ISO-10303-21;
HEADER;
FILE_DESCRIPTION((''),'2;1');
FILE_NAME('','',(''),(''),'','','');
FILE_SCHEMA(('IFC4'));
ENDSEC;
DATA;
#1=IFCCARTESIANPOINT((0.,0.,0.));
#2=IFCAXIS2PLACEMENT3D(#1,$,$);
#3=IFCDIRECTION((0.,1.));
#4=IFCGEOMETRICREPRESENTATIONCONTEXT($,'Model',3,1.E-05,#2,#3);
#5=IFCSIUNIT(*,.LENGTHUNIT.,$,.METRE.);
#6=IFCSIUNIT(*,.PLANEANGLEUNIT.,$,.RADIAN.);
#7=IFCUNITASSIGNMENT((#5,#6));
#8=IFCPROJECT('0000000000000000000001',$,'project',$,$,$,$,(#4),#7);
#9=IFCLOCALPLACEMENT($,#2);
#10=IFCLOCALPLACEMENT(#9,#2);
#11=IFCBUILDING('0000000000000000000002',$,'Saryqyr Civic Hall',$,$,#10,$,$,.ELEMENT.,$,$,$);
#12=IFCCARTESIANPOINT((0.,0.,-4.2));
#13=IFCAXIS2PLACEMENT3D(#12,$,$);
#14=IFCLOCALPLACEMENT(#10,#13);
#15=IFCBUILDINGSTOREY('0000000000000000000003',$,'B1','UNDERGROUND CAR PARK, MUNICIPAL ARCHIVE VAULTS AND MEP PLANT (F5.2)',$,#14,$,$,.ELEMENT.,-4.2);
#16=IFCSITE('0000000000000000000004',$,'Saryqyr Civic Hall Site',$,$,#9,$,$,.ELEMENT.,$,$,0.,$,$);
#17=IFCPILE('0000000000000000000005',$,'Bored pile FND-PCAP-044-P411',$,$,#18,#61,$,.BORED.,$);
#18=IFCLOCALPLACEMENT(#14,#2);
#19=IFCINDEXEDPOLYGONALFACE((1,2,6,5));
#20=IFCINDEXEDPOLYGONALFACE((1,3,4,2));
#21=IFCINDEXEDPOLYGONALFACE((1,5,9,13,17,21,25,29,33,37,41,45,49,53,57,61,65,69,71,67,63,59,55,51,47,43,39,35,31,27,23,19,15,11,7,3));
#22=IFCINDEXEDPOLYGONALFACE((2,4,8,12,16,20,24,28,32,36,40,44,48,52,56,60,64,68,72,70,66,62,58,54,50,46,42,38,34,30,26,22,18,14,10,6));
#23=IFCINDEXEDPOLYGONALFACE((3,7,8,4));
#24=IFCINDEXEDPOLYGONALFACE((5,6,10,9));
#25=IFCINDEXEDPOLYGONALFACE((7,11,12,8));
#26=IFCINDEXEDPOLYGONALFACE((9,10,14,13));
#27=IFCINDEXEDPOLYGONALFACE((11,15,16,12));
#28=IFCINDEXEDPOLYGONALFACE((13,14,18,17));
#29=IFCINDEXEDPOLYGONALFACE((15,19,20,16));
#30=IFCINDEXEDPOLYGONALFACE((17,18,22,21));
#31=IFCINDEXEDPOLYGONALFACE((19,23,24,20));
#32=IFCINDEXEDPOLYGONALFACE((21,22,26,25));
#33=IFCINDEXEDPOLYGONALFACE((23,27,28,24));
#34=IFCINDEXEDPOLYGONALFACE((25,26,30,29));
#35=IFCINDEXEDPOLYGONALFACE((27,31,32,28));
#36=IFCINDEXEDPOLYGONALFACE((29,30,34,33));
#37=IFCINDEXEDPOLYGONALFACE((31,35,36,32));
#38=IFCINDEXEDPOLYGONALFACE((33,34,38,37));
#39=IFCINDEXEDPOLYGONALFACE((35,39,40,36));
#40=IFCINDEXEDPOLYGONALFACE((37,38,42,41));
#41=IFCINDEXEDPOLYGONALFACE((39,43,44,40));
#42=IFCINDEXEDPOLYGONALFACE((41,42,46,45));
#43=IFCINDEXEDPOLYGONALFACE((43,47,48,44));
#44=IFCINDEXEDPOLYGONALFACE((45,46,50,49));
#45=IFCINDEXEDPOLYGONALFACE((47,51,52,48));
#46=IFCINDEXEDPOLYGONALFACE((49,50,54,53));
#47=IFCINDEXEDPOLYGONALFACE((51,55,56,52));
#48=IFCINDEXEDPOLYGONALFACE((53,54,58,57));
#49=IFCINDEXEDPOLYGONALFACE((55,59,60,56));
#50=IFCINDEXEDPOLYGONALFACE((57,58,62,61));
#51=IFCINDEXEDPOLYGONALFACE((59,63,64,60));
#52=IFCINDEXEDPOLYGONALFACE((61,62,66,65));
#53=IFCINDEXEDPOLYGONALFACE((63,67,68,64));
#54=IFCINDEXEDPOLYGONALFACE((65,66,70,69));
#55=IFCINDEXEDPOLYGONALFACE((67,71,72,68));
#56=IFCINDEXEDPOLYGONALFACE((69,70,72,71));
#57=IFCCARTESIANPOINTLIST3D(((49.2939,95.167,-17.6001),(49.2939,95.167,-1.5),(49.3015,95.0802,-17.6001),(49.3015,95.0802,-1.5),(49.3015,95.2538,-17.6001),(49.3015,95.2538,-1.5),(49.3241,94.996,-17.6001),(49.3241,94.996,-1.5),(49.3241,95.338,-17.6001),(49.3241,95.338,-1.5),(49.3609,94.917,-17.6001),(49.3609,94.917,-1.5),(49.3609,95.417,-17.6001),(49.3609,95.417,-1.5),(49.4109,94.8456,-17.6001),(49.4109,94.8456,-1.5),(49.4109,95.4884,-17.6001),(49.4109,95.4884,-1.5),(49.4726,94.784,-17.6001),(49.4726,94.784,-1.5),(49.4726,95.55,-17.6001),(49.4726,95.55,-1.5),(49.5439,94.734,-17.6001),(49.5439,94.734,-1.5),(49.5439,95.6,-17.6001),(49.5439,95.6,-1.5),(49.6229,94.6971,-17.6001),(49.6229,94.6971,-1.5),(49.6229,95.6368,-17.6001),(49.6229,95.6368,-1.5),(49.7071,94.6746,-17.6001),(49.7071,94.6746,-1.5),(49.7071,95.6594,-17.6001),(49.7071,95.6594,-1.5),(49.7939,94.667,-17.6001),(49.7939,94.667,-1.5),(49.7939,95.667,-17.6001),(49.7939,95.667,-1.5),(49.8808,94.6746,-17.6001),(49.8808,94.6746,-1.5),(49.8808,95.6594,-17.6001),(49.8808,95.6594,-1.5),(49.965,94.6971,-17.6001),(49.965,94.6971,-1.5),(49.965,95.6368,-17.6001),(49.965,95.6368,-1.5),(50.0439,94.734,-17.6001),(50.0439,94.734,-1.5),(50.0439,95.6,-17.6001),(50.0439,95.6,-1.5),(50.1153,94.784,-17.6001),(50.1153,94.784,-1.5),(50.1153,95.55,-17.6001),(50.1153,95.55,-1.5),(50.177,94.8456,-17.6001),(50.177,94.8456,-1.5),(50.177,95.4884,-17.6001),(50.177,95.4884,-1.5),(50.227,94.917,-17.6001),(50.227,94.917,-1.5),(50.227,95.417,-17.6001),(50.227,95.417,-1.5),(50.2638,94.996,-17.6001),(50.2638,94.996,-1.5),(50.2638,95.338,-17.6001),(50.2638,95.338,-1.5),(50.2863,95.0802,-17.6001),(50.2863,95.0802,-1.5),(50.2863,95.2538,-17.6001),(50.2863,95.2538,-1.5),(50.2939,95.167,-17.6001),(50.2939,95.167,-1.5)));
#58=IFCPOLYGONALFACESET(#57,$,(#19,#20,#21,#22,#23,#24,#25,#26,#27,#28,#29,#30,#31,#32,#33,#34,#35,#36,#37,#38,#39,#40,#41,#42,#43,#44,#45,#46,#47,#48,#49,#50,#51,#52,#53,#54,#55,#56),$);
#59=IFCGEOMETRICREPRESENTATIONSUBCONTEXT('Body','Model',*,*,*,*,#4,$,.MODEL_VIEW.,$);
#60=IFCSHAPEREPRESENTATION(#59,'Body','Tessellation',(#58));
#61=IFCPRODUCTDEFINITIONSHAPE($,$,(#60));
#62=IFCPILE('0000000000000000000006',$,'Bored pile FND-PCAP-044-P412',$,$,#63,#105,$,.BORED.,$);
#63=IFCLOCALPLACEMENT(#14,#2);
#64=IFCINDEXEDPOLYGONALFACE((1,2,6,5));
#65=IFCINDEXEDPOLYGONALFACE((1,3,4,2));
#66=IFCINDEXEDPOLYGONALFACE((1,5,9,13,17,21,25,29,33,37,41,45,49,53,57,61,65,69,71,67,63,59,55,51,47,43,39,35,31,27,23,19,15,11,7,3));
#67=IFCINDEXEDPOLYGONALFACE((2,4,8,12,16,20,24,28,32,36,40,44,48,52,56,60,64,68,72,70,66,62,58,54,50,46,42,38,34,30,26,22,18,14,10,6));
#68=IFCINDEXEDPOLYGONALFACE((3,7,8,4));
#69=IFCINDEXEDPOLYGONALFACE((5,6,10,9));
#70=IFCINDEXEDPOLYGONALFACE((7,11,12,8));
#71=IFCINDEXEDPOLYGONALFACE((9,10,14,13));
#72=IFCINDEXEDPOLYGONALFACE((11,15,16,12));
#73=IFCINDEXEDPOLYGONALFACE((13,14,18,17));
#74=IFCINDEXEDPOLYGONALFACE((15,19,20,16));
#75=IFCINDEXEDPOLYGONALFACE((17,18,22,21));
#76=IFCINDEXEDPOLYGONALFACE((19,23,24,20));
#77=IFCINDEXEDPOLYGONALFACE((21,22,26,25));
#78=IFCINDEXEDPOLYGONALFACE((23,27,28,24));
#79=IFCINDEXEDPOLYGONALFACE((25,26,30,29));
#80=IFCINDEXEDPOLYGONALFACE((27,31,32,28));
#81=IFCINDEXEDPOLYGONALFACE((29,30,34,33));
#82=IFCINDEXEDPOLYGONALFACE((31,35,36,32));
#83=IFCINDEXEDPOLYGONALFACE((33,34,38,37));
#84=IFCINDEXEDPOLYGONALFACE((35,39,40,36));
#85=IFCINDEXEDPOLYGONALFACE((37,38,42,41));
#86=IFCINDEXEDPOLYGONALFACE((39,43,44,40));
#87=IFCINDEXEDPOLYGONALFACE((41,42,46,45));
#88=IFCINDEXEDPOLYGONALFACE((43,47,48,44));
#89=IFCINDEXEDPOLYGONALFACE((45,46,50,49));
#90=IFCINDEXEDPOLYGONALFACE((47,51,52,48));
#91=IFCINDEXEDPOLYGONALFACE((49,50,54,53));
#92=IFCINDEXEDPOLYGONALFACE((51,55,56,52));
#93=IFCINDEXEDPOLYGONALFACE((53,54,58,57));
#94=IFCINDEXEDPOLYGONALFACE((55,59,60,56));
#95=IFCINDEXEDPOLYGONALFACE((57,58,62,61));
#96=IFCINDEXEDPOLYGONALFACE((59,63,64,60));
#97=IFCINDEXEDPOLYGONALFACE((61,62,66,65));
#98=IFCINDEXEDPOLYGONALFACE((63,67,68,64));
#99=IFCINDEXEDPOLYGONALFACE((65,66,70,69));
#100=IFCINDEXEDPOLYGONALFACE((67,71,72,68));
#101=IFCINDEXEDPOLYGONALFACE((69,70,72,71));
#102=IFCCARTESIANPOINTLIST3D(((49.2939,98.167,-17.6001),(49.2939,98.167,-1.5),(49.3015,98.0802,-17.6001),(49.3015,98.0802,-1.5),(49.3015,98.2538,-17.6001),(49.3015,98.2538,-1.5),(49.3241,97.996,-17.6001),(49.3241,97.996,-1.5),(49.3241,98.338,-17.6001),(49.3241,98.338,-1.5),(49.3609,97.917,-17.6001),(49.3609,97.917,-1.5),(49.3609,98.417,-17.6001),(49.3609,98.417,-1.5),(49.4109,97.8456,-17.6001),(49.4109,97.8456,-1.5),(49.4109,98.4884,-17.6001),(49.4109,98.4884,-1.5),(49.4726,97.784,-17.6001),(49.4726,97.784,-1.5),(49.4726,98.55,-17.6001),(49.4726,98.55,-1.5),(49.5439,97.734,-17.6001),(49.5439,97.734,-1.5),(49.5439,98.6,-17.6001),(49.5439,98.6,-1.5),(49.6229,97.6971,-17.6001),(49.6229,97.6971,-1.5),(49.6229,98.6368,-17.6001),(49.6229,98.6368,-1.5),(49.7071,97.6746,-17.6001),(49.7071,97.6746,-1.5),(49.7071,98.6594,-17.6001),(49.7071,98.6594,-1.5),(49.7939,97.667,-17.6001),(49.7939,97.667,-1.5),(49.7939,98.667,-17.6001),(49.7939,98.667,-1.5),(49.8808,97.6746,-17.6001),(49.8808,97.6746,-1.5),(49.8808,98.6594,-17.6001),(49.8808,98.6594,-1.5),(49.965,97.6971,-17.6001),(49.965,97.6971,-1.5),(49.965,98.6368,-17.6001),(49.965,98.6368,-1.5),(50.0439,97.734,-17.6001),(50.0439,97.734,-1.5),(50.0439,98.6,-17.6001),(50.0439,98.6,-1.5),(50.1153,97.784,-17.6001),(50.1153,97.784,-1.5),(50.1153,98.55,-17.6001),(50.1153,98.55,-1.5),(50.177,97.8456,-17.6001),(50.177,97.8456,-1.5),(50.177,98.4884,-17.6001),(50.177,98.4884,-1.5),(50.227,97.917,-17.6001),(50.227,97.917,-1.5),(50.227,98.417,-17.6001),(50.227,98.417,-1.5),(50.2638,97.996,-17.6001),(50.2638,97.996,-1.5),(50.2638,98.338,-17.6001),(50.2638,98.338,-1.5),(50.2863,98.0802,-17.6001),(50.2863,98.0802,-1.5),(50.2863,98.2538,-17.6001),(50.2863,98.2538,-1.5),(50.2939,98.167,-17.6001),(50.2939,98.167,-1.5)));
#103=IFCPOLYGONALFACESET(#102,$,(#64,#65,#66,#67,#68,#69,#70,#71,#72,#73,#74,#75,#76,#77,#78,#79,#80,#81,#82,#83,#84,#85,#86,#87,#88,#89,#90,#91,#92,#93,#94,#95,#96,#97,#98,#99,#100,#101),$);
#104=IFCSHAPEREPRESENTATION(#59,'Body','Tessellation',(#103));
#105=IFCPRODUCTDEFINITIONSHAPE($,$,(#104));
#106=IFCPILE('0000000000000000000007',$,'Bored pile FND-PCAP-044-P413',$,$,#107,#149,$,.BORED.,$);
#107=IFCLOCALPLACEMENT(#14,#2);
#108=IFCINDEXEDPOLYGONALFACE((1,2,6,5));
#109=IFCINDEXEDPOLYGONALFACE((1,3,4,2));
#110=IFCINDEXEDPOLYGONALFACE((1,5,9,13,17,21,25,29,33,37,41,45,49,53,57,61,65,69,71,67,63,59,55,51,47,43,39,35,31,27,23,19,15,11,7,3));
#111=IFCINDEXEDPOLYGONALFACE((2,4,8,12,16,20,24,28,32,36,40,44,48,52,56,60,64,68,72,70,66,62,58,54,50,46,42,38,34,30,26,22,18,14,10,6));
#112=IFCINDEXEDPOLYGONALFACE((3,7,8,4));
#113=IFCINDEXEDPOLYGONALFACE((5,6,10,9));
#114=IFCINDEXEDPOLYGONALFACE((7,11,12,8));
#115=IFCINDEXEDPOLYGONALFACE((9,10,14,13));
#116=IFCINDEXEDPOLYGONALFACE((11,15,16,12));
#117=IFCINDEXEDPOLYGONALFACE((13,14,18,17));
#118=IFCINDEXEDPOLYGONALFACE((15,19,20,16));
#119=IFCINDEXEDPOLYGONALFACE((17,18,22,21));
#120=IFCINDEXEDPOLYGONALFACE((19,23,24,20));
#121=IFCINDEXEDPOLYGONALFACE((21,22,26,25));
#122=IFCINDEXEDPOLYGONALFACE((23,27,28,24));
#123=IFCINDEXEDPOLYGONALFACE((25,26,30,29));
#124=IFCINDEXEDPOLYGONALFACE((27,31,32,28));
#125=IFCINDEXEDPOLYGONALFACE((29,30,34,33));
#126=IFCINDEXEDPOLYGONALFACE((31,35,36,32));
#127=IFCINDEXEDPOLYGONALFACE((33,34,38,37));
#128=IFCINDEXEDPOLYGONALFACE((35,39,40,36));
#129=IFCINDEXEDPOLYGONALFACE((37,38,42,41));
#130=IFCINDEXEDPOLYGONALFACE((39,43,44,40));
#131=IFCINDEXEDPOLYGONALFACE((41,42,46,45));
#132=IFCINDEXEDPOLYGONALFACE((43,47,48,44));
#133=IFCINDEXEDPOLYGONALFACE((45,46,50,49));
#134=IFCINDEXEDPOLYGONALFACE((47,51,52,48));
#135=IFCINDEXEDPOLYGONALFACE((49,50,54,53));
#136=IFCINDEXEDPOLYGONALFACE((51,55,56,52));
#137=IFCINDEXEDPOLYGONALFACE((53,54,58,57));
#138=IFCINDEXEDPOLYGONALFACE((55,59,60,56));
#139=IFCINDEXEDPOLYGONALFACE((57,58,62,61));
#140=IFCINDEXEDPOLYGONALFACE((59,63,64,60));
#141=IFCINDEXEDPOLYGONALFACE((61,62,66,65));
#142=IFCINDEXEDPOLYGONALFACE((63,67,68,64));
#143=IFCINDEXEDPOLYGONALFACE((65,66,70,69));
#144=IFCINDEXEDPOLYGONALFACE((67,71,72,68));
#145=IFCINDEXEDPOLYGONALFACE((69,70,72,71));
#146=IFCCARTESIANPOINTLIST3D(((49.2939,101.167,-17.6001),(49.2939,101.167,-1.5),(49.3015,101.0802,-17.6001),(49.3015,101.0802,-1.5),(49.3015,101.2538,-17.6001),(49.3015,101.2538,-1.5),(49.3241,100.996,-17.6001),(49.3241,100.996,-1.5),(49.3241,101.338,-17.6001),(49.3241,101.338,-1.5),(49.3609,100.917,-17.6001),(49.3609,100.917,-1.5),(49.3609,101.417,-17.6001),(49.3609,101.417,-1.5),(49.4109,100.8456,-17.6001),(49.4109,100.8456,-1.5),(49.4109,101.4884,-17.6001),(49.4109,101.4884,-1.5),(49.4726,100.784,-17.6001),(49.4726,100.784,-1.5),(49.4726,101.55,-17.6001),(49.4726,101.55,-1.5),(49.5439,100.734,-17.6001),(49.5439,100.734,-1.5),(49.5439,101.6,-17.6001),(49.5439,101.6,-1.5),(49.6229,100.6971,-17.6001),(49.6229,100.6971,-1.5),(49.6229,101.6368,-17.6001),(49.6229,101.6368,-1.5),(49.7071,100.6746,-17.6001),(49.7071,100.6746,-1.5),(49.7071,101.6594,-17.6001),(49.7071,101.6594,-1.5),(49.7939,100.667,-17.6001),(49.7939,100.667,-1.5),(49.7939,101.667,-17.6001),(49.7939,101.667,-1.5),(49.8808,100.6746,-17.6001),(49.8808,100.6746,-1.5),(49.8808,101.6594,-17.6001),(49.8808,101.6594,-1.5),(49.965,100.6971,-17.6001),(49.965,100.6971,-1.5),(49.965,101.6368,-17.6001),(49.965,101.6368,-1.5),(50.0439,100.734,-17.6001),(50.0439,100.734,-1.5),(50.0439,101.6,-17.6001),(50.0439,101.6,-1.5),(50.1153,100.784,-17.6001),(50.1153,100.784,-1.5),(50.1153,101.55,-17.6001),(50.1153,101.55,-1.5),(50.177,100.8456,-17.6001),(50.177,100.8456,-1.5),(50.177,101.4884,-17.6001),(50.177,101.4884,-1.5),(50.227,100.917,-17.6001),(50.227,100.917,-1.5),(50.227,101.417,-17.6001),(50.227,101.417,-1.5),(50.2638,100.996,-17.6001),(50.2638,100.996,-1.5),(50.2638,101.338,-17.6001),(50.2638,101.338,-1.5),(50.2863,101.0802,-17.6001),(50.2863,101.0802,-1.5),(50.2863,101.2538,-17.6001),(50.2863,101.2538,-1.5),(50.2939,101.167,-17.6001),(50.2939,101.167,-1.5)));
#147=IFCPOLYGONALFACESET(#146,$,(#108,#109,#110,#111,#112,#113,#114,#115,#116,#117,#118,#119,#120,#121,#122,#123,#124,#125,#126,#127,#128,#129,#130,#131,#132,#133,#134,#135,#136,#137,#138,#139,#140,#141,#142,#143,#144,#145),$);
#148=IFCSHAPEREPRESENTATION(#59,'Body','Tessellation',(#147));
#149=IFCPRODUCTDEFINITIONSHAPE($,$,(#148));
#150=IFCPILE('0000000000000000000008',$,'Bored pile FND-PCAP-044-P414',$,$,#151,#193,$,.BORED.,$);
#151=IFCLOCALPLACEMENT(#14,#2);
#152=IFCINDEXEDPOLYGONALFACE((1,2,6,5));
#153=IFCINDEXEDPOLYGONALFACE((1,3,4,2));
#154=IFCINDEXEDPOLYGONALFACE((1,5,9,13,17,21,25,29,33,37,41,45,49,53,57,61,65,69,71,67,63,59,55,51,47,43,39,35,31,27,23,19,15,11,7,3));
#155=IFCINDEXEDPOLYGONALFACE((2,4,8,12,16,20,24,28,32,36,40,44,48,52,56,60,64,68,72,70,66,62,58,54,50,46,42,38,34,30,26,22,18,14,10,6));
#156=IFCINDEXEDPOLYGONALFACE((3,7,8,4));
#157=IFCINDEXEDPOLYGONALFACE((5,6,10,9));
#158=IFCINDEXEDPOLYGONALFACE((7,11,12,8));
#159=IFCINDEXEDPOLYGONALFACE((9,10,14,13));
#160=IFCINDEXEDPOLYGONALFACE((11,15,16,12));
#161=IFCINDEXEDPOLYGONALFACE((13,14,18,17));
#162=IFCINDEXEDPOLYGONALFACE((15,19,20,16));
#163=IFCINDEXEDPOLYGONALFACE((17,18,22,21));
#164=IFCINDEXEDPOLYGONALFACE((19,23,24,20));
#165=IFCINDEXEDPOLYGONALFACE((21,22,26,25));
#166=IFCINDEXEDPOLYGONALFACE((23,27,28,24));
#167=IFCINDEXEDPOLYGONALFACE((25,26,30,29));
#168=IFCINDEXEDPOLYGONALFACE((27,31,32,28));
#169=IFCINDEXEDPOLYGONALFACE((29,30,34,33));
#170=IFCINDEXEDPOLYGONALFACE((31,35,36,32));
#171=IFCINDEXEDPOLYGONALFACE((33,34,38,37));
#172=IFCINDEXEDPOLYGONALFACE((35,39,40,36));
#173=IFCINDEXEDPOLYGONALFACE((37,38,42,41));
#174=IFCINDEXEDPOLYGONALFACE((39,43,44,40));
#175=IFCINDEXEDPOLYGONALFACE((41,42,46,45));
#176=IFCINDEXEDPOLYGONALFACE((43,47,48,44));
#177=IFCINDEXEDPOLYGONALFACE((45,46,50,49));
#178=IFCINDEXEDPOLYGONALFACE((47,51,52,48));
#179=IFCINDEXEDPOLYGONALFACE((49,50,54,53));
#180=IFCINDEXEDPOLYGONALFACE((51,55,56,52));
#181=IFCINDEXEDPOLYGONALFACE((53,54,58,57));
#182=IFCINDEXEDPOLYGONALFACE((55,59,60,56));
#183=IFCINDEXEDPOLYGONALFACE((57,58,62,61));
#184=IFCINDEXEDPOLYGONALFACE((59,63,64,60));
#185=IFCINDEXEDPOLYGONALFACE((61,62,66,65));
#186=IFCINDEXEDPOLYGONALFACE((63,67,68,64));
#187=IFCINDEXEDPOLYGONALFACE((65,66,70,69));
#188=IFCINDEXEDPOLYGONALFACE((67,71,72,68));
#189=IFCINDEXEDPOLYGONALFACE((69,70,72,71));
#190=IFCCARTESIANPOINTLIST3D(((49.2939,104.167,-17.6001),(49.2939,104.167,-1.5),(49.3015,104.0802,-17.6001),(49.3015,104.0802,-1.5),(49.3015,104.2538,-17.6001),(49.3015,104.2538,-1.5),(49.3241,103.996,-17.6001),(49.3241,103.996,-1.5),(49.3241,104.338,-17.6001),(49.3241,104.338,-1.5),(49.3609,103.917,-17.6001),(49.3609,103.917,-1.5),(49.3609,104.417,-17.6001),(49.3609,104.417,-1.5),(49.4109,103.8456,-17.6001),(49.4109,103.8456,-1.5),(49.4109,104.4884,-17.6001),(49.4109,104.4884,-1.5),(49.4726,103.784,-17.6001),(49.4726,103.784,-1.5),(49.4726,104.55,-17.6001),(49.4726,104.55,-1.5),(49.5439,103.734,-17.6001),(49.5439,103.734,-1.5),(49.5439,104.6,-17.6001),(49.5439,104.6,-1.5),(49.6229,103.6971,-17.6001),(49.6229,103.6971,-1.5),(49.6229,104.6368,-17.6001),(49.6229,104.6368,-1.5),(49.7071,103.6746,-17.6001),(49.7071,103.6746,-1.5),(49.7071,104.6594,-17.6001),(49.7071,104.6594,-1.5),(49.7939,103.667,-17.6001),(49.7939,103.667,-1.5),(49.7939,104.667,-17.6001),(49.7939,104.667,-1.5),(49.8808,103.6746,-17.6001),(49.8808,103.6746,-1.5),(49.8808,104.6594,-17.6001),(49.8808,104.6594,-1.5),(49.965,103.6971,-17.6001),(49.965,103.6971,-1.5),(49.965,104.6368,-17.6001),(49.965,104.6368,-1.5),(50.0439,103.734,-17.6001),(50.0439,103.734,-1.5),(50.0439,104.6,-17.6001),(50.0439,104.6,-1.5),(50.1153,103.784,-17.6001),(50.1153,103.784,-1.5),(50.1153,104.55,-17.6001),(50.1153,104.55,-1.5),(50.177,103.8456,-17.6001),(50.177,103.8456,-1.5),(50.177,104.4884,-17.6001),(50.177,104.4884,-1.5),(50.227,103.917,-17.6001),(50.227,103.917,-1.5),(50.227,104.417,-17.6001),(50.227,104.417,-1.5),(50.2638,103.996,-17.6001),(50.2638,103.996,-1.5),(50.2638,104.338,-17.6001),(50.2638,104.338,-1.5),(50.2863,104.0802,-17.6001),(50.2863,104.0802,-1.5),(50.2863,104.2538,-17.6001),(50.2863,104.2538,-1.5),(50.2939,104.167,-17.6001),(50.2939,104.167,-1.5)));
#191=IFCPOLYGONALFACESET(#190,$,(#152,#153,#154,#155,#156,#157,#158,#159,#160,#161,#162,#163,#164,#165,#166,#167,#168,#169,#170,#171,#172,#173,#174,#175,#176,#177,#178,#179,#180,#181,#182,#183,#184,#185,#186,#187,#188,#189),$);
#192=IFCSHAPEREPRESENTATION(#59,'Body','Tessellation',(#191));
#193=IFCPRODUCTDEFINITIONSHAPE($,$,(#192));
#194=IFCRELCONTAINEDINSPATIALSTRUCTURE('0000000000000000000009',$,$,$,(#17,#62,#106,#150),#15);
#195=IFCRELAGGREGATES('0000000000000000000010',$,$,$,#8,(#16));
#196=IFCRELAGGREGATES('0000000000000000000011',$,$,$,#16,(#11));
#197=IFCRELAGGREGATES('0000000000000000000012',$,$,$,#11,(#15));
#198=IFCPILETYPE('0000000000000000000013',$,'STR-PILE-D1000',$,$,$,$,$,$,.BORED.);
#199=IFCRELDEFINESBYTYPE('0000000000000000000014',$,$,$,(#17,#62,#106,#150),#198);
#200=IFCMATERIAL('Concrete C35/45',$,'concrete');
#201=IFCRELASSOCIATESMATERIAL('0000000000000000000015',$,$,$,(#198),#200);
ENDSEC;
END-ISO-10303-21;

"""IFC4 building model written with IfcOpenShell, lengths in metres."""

from ifc_helpers import new_model, si_unit, direction, frame, origin, origin_2d, place, context, subcontext, project, spatial, circle, extrude, material, material_profile, profile_set, type_object, element, save


model = new_model("IFC4")

# Units and contexts
model_context = context("Model", 3, precision=1e-05, world=origin(), true_north=direction((0.0, 1.0)))
body_context = subcontext(model_context, "Body", "Model", "MODEL_VIEW")
ifc_project = project(units=[si_unit("LENGTHUNIT", "METRE"), si_unit("PLANEANGLEUNIT", "RADIAN")], contexts=[model_context])

# Site, building, storey
site_placement = place(None, origin())
site = spatial("IfcSite", under=ifc_project, at=site_placement, Name="Saryqyr Civic Hall Site", CompositionType="ELEMENT", RefElevation=0.0)
building_placement = place(site_placement, origin())
building = spatial("IfcBuilding", under=site, at=building_placement, Name="Saryqyr Civic Hall", CompositionType="ELEMENT")
storey_placement = place(building_placement, frame((0.0, 0.0, -4.2)))
storey = spatial("IfcBuildingStorey", under=building, at=storey_placement, Name="B1", Description="UNDERGROUND CAR PARK, MUNICIPAL ARCHIVE VAULTS AND MEP PLANT (F5.2)", CompositionType="ELEMENT", Elevation=-4.2)

# Piles
ifc_material_1 = material(Name="Concrete C35/45", Category="concrete")
ifc_material_profile_1 = material_profile(ifc_material_1, circle(Radius=0.5, at=origin_2d()), Name="BORED PILE D1000")
ifc_profile_set_1 = profile_set([ifc_material_profile_1], Name="Concrete C35/45")
pile_type = type_object("IfcPileType", Name="STR-PILE-D1000", PredefinedType="BORED", material=ifc_profile_set_1)
for number, where, z_axis, x_axis, name in (
    (1, (49.7939, 95.167, -1.5), (0.0, 0.0, -1.0), (1.0, 0.0, 0.0), "Bored pile FND-PCAP-044-P411"),
    (2, (49.7939, 98.167, -1.5), (0.0, 0.0, -1.0), (1.0, 0.0, 0.0), "Bored pile FND-PCAP-044-P412"),
    (3, (49.7939, 101.167, -1.5), (0.0, 0.0, -1.0), (1.0, 0.0, 0.0), "Bored pile FND-PCAP-044-P413"),
    (4, (49.7939, 104.167, -1.5), (0.0, 0.0, -1.0), (1.0, 0.0, 0.0), "Bored pile FND-PCAP-044-P414"),
):
    element("IfcPile", number, at=place(storey_placement, frame(where, z_axis=z_axis, x_axis=x_axis)), inside=storey, type_object=pile_type, Name=name, PredefinedType="BORED", context=body_context, shape_type="SweptSolid", body=[
        extrude(circle(Radius=0.5, at=origin_2d()), origin(), (0.0, 0.0, 1.0), 16.1001),
    ])

save(model, "model.ifc")
